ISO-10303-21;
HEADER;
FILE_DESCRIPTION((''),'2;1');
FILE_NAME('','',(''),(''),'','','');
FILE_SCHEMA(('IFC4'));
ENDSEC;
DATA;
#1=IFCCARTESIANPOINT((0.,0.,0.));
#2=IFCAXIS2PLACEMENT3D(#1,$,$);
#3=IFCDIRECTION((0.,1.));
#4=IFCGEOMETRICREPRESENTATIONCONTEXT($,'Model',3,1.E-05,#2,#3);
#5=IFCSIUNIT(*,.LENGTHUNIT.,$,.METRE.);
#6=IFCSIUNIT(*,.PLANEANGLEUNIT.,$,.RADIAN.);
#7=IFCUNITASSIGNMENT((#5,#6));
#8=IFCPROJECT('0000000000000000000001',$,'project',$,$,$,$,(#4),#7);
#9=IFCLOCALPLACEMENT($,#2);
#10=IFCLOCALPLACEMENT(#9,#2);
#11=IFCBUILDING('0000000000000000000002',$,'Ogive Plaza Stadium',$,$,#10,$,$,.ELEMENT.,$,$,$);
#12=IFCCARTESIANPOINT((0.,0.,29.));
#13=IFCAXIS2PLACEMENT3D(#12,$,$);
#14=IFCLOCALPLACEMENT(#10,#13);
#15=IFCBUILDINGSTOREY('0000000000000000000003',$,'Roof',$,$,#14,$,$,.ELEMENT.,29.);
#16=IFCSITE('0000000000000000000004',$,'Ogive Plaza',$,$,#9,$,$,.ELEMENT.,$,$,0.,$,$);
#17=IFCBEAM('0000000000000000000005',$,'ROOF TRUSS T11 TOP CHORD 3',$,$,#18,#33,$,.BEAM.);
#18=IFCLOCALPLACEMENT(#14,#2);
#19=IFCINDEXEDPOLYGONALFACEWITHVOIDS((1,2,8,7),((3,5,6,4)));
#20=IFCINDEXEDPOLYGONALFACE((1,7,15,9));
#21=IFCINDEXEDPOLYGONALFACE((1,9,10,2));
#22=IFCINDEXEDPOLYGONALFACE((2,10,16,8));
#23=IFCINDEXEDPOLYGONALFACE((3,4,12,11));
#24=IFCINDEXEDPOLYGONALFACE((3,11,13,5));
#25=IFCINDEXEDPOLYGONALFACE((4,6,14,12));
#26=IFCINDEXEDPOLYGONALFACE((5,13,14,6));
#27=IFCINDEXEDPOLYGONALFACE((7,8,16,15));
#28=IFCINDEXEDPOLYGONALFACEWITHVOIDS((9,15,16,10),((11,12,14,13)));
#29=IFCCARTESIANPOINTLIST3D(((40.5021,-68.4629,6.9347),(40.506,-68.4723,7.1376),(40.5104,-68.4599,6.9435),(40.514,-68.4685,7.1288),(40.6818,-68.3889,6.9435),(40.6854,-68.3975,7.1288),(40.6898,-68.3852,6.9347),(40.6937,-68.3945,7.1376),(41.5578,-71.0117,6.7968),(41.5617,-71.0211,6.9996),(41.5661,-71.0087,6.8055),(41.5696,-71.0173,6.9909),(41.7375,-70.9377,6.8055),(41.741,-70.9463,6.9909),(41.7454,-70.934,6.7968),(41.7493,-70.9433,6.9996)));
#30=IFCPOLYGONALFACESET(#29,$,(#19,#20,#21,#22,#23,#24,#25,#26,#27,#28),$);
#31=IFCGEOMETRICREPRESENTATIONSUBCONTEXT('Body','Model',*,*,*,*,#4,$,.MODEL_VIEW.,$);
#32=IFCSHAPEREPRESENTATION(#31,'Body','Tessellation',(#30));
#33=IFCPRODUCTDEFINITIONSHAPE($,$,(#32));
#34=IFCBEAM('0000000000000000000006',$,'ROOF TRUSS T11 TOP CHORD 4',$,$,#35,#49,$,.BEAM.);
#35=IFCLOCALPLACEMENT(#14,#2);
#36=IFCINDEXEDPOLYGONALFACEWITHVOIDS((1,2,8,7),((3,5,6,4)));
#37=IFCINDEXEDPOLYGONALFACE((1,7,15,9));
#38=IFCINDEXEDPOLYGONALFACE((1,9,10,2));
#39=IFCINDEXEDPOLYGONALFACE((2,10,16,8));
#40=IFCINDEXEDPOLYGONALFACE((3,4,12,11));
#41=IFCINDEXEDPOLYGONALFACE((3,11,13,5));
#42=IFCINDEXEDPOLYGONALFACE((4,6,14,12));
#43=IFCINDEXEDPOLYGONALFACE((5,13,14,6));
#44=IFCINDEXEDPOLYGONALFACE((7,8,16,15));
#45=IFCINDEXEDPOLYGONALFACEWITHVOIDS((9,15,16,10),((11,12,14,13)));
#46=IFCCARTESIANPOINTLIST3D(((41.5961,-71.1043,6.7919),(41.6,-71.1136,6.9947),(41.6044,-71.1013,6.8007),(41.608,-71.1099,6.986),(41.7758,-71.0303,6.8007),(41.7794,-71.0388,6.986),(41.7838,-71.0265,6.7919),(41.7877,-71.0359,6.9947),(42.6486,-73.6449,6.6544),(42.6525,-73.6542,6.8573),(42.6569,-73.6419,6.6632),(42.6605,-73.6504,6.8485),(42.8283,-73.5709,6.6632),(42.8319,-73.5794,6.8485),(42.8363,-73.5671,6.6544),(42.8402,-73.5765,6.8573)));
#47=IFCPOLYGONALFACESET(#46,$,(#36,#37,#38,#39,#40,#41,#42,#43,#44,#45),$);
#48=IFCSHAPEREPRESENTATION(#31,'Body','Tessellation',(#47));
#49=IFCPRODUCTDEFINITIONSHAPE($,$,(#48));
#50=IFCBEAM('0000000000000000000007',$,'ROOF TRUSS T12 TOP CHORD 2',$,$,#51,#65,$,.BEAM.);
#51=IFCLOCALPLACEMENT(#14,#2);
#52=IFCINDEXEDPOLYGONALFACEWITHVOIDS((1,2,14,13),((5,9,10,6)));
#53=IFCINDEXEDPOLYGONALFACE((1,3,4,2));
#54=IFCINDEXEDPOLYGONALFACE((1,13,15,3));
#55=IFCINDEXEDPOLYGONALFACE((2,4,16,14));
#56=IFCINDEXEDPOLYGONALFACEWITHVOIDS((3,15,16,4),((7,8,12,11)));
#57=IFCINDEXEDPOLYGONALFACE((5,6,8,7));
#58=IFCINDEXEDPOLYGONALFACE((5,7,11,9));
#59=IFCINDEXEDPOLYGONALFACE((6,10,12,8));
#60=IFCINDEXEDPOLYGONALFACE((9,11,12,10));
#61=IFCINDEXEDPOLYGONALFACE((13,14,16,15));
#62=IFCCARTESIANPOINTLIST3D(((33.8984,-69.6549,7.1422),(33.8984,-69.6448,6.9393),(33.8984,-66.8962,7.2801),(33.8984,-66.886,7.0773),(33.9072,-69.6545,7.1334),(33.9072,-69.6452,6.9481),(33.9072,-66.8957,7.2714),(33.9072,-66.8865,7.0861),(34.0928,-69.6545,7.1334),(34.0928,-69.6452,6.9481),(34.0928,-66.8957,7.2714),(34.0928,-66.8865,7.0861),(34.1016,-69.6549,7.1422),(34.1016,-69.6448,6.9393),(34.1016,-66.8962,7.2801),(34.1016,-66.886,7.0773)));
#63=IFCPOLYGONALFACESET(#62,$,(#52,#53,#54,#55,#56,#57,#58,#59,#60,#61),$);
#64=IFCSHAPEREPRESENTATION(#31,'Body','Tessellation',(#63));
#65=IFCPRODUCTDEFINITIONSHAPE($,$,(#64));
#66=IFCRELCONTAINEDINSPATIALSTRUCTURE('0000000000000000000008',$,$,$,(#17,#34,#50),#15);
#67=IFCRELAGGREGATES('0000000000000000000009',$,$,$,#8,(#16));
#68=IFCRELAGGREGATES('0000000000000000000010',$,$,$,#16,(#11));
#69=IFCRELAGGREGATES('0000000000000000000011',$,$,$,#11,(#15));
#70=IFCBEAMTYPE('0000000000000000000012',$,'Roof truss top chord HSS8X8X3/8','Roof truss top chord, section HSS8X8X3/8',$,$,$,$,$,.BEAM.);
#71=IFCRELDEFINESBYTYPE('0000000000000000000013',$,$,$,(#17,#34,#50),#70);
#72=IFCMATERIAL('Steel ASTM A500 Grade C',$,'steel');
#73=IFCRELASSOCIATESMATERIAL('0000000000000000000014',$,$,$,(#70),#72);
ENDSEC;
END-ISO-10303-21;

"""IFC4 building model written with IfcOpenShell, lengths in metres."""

from ifc_helpers import new_model, si_unit, direction, frame, origin, origin_2d, place, context, subcontext, project, spatial, hollow_rectangle, extrude, material, material_profile, profile_set, type_object, element, save


model = new_model("IFC4")

# Units and contexts
model_context = context("Model", 3, precision=1e-05, world=origin(), true_north=direction((0.0, 1.0)))
body_context = subcontext(model_context, "Body", "Model", "MODEL_VIEW")
ifc_project = project(units=[si_unit("LENGTHUNIT", "METRE"), si_unit("PLANEANGLEUNIT", "RADIAN")], contexts=[model_context])

# Site, building, storey
site_placement = place(None, origin())
site = spatial("IfcSite", under=ifc_project, at=site_placement, Name="Ogive Plaza", CompositionType="ELEMENT", RefElevation=0.0)
building_placement = place(site_placement, origin())
building = spatial("IfcBuilding", under=site, at=building_placement, Name="Ogive Plaza Stadium", CompositionType="ELEMENT")
storey_placement = place(building_placement, frame((0.0, 0.0, 29.0)))
storey = spatial("IfcBuildingStorey", under=building, at=storey_placement, Name="Roof", CompositionType="ELEMENT", Elevation=29.0)

# Beams
ifc_material_1 = material(Name="Steel ASTM A500 Grade C", Category="steel")
ifc_material_profile_1 = material_profile(ifc_material_1, hollow_rectangle(XDim=0.2031, YDim=0.2031, WallThickness=0.0088, at=origin_2d()), Name="HSS8X8X3/8")
ifc_profile_set_1 = profile_set([ifc_material_profile_1], Name="Steel ASTM A500 Grade C")
beam_type_1 = type_object("IfcBeamType", Name="Roof truss top chord HSS8X8X3/8", Description="Roof truss top chord, section HSS8X8X3/8", PredefinedType="BEAM", material=ifc_profile_set_1)
beam_1_placement = place(storey_placement, frame((40.5979, -68.4287, 7.0361), z_axis=(0.382177, -0.922739, -0.049938), x_axis=(0.923892, 0.382654, 0.0)))
element("IfcBeam", 1, at=beam_1_placement, inside=storey, type_object=beam_type_1, Name="ROOF TRUSS T11 TOP CHORD 3", PredefinedType="BEAM", context=body_context, shape_type="SweptSolid", body=[
    extrude(hollow_rectangle(XDim=0.2031, YDim=0.2031, WallThickness=0.0088, at=origin_2d()), origin(), (0.0, 0.0, 1.0), 2.7622),
])
beam_2_placement = place(storey_placement, frame((41.6919, -71.0701, 6.8933), z_axis=(0.382259, -0.922706, -0.049922), x_axis=(0.923858, 0.382736, 0.0)))
element("IfcBeam", 2, at=beam_2_placement, inside=storey, type_object=beam_type_1, Name="ROOF TRUSS T11 TOP CHORD 4", PredefinedType="BEAM", context=body_context, shape_type="SweptSolid", body=[
    extrude(hollow_rectangle(XDim=0.2031, YDim=0.2031, WallThickness=0.0088, at=origin_2d()), origin(), (0.0, 0.0, 1.0), 2.7534),
])
beam_3_placement = place(storey_placement, frame((34.0, -66.8911, 7.1787), z_axis=(0.0, -0.998752, -0.049938), x_axis=(1.0, 0.0, 0.0)))
element("IfcBeam", 3, at=beam_3_placement, inside=storey, type_object=beam_type_1, Name="ROOF TRUSS T12 TOP CHORD 2", PredefinedType="BEAM", context=body_context, shape_type="SweptSolid", body=[
    extrude(hollow_rectangle(XDim=0.2031, YDim=0.2031, WallThickness=0.0088, at=origin_2d()), origin(), (0.0, 0.0, 1.0), 2.7622),
])

save(model, "model.ifc")
